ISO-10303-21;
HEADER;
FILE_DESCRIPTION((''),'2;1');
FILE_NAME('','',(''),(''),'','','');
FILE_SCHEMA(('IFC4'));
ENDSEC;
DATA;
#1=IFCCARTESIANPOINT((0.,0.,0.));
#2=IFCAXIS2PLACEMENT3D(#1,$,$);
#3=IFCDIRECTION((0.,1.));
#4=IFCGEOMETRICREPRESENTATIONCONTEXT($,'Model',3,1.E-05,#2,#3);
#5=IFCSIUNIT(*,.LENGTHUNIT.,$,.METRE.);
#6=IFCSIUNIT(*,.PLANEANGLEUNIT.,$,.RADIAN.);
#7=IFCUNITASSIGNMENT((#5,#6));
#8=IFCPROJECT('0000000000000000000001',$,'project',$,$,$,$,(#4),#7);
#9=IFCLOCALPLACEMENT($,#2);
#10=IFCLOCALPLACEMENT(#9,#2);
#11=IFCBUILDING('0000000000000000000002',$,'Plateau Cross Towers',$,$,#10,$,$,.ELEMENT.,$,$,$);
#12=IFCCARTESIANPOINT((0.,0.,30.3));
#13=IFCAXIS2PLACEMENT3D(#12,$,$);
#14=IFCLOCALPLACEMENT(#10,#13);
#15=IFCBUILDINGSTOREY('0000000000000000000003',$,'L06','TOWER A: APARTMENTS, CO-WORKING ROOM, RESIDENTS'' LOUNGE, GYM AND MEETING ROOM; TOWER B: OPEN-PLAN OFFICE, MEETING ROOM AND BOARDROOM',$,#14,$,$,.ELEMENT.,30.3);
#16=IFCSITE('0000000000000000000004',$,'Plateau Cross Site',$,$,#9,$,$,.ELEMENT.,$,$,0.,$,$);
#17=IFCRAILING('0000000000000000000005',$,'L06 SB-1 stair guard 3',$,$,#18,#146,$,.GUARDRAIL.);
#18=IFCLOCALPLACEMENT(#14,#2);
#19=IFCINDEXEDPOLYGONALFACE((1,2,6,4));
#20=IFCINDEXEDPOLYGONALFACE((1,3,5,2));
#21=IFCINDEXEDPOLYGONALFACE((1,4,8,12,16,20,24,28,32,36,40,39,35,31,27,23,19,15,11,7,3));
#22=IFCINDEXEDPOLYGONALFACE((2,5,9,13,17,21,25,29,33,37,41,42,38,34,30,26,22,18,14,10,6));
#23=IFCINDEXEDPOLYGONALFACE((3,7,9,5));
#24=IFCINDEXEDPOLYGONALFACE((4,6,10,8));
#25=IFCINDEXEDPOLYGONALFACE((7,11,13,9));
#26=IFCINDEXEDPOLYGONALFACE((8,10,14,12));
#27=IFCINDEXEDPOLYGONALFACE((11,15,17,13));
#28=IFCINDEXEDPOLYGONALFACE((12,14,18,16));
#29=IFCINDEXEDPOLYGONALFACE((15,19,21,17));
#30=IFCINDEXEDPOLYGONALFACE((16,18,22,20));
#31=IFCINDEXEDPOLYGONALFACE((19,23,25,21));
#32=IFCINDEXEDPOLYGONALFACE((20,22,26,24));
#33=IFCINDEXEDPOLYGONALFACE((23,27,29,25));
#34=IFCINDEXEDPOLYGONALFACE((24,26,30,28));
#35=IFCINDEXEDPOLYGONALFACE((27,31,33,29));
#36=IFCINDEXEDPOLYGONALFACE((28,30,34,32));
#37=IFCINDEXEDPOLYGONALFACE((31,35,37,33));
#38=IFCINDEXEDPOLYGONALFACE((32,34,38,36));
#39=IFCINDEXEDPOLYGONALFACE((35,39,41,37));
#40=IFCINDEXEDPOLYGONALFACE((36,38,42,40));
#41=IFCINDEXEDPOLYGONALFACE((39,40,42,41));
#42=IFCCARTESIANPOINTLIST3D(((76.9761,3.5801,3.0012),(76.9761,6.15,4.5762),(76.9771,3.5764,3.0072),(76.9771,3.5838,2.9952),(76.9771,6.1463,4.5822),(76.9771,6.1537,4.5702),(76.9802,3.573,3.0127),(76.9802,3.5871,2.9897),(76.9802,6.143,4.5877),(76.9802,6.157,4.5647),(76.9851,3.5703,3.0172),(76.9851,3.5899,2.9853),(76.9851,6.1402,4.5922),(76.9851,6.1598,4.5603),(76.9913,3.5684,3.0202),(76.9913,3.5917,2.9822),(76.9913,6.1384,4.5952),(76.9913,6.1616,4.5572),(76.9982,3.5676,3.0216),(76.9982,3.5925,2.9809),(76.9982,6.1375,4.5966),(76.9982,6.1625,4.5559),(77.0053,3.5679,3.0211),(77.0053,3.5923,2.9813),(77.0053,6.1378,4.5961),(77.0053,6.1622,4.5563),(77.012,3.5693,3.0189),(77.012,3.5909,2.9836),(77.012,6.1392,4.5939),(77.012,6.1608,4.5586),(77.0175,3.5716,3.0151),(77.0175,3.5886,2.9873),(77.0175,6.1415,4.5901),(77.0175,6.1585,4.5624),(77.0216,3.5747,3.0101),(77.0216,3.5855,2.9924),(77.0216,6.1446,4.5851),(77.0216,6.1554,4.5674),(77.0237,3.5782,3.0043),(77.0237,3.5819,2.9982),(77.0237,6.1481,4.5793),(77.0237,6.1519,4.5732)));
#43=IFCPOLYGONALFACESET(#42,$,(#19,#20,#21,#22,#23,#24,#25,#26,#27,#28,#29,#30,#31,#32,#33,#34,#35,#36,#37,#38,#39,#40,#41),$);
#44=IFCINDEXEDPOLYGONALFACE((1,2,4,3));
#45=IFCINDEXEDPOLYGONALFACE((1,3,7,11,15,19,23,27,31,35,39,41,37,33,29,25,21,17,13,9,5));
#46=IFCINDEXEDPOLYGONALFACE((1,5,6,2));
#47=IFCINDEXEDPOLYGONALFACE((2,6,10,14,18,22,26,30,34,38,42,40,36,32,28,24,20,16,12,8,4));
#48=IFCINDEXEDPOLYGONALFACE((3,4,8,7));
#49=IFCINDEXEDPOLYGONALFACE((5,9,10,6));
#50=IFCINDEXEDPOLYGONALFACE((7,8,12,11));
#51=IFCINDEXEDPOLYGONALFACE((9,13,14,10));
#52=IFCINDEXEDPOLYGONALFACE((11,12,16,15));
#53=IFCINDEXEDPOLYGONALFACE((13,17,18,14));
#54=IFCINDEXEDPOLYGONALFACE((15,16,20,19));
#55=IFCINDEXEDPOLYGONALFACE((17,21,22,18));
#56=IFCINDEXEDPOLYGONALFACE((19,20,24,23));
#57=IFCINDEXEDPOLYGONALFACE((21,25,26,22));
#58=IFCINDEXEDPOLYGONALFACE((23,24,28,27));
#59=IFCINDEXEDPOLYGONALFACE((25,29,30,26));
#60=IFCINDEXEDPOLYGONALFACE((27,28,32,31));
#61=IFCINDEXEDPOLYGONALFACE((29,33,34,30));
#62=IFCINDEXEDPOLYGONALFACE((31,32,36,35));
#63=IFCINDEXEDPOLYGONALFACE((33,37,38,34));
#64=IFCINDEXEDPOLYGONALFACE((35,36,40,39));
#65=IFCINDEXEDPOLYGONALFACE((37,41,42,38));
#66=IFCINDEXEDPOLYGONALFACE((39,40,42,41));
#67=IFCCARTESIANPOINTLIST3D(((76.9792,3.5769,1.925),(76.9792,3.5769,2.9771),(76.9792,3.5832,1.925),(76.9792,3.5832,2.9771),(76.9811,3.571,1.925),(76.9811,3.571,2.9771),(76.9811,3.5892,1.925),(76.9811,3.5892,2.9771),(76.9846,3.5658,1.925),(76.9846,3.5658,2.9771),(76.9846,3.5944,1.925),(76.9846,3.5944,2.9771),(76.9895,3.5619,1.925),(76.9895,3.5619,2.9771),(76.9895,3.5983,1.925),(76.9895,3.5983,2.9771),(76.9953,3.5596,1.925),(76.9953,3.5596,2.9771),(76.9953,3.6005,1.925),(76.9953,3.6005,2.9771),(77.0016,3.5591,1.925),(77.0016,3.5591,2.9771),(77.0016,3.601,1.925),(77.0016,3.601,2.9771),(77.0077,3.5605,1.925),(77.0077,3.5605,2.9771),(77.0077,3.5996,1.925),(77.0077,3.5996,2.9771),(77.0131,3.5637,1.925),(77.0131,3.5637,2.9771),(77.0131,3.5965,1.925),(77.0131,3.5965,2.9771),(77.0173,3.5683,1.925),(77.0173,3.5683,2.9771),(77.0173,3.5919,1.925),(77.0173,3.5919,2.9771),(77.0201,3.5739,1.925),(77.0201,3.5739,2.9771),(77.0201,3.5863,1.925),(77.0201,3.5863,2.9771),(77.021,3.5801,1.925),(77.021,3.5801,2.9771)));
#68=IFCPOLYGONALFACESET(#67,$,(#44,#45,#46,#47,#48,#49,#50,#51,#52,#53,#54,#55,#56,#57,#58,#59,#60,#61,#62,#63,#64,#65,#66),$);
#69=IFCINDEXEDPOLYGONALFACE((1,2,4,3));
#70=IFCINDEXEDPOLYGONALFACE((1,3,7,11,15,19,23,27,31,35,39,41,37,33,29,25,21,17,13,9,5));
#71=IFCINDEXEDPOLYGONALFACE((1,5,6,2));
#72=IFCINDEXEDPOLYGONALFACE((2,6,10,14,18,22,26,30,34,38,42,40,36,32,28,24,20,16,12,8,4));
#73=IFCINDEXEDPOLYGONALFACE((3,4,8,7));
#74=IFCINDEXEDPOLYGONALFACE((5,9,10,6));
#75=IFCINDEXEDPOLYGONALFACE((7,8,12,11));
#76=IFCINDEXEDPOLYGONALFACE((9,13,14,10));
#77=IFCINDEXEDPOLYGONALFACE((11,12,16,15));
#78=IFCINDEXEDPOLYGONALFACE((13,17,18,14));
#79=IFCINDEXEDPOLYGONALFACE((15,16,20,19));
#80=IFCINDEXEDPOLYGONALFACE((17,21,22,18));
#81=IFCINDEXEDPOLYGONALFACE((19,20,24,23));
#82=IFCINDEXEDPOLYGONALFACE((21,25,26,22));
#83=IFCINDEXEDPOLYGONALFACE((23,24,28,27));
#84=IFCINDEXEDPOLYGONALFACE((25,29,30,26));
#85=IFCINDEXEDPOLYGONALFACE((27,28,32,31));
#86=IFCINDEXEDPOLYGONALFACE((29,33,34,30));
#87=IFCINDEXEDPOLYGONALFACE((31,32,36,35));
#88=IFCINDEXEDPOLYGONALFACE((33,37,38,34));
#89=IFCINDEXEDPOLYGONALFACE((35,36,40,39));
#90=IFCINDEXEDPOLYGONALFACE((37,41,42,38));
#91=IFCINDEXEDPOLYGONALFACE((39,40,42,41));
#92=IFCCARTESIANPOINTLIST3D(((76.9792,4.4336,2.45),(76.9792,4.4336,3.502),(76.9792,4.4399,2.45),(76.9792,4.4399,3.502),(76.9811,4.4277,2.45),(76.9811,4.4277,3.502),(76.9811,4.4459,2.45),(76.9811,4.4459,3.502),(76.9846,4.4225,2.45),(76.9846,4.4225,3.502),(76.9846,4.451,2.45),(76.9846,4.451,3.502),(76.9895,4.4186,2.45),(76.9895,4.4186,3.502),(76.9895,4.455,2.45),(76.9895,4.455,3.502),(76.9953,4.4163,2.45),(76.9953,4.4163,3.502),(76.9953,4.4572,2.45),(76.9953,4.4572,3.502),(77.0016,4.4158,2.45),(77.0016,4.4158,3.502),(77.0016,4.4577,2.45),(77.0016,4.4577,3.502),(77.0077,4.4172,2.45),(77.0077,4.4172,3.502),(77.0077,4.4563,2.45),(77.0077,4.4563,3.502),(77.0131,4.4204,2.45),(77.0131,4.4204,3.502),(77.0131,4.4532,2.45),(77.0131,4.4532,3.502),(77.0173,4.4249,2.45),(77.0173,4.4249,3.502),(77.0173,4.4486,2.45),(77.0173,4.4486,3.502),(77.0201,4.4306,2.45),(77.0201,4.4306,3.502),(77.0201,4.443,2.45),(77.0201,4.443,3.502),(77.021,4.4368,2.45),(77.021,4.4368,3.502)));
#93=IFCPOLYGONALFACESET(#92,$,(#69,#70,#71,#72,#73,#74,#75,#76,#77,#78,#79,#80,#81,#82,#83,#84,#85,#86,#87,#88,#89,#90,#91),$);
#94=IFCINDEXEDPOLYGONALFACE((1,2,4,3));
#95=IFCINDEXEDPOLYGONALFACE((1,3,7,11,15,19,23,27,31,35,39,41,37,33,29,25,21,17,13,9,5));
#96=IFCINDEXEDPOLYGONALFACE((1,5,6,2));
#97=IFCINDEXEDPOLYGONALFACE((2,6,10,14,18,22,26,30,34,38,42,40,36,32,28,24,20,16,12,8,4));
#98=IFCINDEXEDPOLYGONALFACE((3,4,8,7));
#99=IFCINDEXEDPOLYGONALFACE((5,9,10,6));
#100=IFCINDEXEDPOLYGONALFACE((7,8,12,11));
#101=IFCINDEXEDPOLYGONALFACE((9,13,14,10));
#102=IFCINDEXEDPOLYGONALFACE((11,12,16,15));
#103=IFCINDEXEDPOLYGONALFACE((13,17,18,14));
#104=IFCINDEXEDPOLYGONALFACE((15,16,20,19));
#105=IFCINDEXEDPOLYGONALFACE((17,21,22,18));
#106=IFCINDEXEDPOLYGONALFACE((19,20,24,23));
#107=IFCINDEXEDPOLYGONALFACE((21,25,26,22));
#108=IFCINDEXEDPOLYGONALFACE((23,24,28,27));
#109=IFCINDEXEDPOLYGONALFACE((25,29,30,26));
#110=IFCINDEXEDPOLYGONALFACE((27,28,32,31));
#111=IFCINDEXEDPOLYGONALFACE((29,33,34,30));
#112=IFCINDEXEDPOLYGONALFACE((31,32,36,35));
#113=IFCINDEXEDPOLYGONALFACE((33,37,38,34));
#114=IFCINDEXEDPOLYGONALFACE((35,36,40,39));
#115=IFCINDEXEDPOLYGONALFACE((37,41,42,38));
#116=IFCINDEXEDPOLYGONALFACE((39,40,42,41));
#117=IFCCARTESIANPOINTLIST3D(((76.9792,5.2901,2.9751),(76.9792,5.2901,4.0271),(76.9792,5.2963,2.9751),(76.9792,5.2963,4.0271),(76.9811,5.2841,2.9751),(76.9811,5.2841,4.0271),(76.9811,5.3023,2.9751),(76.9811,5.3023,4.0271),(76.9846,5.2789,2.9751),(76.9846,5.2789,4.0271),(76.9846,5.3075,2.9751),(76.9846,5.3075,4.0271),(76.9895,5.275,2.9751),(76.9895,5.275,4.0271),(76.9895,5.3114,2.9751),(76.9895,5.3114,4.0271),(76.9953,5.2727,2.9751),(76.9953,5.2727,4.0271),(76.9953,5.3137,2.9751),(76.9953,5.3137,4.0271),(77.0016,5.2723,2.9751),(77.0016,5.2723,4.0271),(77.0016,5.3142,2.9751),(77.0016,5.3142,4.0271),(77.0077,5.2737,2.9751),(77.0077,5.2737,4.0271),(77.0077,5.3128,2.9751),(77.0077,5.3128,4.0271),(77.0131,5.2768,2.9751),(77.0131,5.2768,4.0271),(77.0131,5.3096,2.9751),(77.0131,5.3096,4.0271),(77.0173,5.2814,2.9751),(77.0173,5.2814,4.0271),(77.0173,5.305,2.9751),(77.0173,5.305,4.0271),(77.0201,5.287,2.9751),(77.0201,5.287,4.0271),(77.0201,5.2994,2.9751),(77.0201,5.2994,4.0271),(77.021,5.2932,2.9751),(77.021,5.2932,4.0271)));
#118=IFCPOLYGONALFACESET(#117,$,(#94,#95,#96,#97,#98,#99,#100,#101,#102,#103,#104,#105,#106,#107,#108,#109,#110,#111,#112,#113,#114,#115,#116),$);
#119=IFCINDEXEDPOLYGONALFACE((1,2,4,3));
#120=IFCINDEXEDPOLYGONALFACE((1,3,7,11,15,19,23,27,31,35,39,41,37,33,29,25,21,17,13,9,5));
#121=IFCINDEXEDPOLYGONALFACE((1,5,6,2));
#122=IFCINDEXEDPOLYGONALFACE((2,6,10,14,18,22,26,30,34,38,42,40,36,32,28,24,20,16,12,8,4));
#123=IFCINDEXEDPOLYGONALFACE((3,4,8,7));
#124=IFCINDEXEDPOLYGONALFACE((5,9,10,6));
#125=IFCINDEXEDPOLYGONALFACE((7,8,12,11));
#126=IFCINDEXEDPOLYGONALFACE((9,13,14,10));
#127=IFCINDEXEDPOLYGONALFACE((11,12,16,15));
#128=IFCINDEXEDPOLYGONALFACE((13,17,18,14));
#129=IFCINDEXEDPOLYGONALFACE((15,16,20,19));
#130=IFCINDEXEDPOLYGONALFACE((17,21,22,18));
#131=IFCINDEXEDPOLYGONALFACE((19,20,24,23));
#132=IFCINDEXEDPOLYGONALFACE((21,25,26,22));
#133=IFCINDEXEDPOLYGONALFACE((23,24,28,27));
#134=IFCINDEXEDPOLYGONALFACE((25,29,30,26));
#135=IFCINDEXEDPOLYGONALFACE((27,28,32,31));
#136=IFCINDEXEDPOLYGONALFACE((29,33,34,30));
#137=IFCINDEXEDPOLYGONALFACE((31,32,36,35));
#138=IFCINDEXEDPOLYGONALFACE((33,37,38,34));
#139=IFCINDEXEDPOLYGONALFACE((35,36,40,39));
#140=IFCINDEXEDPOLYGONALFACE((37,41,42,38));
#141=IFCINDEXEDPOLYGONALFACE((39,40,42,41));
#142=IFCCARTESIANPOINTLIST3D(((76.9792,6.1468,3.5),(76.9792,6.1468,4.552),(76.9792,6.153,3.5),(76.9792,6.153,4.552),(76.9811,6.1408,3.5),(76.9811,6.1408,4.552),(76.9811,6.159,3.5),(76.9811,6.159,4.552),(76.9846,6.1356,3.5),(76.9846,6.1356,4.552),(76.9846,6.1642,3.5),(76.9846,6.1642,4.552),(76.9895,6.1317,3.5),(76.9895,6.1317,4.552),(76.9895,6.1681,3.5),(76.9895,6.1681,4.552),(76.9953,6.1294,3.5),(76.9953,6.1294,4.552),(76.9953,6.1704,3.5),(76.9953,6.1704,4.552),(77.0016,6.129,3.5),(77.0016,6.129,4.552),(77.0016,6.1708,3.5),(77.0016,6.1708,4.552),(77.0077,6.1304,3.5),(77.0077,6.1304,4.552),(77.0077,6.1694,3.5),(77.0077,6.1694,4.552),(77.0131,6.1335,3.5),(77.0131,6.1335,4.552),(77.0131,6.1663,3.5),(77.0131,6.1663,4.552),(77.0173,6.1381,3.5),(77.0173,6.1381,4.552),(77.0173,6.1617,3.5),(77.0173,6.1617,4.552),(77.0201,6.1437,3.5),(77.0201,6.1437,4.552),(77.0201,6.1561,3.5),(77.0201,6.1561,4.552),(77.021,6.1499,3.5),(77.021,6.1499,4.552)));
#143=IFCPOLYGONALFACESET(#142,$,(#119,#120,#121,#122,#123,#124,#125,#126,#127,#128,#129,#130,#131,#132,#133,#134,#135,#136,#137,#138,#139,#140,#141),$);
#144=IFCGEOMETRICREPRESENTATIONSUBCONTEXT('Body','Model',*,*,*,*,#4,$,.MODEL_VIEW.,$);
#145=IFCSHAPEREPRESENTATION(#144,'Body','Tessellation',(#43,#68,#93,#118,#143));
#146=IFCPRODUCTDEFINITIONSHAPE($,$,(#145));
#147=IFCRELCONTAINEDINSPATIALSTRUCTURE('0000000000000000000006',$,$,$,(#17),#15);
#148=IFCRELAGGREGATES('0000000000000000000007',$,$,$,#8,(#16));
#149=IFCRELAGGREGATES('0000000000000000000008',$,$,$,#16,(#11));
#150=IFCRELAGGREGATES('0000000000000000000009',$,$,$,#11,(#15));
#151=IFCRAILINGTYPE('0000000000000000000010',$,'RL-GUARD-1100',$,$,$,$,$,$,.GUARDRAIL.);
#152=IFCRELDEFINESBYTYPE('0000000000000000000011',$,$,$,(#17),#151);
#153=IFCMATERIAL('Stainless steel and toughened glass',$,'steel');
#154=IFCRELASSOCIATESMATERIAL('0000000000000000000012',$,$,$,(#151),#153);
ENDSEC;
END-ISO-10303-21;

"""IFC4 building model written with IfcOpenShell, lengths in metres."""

from ifc_helpers import new_model, si_unit, direction, frame, origin, origin_2d, place, context, subcontext, project, spatial, circle, extrude, material, type_object, element, save


model = new_model("IFC4")

# Units and contexts
model_context = context("Model", 3, precision=1e-05, world=origin(), true_north=direction((0.0, 1.0)))
body_context = subcontext(model_context, "Body", "Model", "MODEL_VIEW")
ifc_project = project(units=[si_unit("LENGTHUNIT", "METRE"), si_unit("PLANEANGLEUNIT", "RADIAN")], contexts=[model_context])

# Site, building, storey
site_placement = place(None, origin())
site = spatial("IfcSite", under=ifc_project, at=site_placement, Name="Plateau Cross Site", CompositionType="ELEMENT", RefElevation=0.0)
building_placement = place(site_placement, origin())
building = spatial("IfcBuilding", under=site, at=building_placement, Name="Plateau Cross Towers", CompositionType="ELEMENT")
storey_placement = place(building_placement, frame((0.0, 0.0, 30.3)))
storey = spatial("IfcBuildingStorey", under=building, at=storey_placement, Name="L06", Description="TOWER A: APARTMENTS, CO-WORKING ROOM, RESIDENTS' LOUNGE, GYM AND MEETING ROOM; TOWER B: OPEN-PLAN OFFICE, MEETING ROOM AND BOARDROOM", CompositionType="ELEMENT", Elevation=30.3)

# Railing
ifc_material_1 = material(Name="Stainless steel and toughened glass", Category="steel")
railing_type_1 = type_object("IfcRailingType", Name="RL-GUARD-1100", PredefinedType="GUARDRAIL", material=ifc_material_1)
railing_1_placement = place(storey_placement, frame((77.0, 3.5801, 1.925)))
element("IfcRailing", 1, at=railing_1_placement, inside=storey, type_object=railing_type_1, Name="L06 SB-1 stair guard 3", PredefinedType="GUARDRAIL", context=body_context, shape_type="SweptSolid", body=[
    extrude(circle(Radius=0.0239, at=origin_2d()), frame((0.0, 0.0, 1.0762), z_axis=(0.0, 0.852616, 0.522537), x_axis=(-1.0, 0.0, 0.0)), (0.0, 0.0, 1.0), 3.0142),
    extrude(circle(Radius=0.021, at=origin_2d()), origin(), (0.0, 0.0, 1.0), 1.052),
    extrude(circle(Radius=0.021, at=origin_2d()), frame((0.0, 0.8567, 0.5249)), (0.0, 0.0, 1.0), 1.052),
    extrude(circle(Radius=0.021, at=origin_2d()), frame((0.0, 1.7131, 1.05)), (0.0, 0.0, 1.0), 1.052),
    extrude(circle(Radius=0.021, at=origin_2d()), frame((0.0, 2.5698, 1.575)), (0.0, 0.0, 1.0), 1.052),
])

save(model, "model.ifc")
